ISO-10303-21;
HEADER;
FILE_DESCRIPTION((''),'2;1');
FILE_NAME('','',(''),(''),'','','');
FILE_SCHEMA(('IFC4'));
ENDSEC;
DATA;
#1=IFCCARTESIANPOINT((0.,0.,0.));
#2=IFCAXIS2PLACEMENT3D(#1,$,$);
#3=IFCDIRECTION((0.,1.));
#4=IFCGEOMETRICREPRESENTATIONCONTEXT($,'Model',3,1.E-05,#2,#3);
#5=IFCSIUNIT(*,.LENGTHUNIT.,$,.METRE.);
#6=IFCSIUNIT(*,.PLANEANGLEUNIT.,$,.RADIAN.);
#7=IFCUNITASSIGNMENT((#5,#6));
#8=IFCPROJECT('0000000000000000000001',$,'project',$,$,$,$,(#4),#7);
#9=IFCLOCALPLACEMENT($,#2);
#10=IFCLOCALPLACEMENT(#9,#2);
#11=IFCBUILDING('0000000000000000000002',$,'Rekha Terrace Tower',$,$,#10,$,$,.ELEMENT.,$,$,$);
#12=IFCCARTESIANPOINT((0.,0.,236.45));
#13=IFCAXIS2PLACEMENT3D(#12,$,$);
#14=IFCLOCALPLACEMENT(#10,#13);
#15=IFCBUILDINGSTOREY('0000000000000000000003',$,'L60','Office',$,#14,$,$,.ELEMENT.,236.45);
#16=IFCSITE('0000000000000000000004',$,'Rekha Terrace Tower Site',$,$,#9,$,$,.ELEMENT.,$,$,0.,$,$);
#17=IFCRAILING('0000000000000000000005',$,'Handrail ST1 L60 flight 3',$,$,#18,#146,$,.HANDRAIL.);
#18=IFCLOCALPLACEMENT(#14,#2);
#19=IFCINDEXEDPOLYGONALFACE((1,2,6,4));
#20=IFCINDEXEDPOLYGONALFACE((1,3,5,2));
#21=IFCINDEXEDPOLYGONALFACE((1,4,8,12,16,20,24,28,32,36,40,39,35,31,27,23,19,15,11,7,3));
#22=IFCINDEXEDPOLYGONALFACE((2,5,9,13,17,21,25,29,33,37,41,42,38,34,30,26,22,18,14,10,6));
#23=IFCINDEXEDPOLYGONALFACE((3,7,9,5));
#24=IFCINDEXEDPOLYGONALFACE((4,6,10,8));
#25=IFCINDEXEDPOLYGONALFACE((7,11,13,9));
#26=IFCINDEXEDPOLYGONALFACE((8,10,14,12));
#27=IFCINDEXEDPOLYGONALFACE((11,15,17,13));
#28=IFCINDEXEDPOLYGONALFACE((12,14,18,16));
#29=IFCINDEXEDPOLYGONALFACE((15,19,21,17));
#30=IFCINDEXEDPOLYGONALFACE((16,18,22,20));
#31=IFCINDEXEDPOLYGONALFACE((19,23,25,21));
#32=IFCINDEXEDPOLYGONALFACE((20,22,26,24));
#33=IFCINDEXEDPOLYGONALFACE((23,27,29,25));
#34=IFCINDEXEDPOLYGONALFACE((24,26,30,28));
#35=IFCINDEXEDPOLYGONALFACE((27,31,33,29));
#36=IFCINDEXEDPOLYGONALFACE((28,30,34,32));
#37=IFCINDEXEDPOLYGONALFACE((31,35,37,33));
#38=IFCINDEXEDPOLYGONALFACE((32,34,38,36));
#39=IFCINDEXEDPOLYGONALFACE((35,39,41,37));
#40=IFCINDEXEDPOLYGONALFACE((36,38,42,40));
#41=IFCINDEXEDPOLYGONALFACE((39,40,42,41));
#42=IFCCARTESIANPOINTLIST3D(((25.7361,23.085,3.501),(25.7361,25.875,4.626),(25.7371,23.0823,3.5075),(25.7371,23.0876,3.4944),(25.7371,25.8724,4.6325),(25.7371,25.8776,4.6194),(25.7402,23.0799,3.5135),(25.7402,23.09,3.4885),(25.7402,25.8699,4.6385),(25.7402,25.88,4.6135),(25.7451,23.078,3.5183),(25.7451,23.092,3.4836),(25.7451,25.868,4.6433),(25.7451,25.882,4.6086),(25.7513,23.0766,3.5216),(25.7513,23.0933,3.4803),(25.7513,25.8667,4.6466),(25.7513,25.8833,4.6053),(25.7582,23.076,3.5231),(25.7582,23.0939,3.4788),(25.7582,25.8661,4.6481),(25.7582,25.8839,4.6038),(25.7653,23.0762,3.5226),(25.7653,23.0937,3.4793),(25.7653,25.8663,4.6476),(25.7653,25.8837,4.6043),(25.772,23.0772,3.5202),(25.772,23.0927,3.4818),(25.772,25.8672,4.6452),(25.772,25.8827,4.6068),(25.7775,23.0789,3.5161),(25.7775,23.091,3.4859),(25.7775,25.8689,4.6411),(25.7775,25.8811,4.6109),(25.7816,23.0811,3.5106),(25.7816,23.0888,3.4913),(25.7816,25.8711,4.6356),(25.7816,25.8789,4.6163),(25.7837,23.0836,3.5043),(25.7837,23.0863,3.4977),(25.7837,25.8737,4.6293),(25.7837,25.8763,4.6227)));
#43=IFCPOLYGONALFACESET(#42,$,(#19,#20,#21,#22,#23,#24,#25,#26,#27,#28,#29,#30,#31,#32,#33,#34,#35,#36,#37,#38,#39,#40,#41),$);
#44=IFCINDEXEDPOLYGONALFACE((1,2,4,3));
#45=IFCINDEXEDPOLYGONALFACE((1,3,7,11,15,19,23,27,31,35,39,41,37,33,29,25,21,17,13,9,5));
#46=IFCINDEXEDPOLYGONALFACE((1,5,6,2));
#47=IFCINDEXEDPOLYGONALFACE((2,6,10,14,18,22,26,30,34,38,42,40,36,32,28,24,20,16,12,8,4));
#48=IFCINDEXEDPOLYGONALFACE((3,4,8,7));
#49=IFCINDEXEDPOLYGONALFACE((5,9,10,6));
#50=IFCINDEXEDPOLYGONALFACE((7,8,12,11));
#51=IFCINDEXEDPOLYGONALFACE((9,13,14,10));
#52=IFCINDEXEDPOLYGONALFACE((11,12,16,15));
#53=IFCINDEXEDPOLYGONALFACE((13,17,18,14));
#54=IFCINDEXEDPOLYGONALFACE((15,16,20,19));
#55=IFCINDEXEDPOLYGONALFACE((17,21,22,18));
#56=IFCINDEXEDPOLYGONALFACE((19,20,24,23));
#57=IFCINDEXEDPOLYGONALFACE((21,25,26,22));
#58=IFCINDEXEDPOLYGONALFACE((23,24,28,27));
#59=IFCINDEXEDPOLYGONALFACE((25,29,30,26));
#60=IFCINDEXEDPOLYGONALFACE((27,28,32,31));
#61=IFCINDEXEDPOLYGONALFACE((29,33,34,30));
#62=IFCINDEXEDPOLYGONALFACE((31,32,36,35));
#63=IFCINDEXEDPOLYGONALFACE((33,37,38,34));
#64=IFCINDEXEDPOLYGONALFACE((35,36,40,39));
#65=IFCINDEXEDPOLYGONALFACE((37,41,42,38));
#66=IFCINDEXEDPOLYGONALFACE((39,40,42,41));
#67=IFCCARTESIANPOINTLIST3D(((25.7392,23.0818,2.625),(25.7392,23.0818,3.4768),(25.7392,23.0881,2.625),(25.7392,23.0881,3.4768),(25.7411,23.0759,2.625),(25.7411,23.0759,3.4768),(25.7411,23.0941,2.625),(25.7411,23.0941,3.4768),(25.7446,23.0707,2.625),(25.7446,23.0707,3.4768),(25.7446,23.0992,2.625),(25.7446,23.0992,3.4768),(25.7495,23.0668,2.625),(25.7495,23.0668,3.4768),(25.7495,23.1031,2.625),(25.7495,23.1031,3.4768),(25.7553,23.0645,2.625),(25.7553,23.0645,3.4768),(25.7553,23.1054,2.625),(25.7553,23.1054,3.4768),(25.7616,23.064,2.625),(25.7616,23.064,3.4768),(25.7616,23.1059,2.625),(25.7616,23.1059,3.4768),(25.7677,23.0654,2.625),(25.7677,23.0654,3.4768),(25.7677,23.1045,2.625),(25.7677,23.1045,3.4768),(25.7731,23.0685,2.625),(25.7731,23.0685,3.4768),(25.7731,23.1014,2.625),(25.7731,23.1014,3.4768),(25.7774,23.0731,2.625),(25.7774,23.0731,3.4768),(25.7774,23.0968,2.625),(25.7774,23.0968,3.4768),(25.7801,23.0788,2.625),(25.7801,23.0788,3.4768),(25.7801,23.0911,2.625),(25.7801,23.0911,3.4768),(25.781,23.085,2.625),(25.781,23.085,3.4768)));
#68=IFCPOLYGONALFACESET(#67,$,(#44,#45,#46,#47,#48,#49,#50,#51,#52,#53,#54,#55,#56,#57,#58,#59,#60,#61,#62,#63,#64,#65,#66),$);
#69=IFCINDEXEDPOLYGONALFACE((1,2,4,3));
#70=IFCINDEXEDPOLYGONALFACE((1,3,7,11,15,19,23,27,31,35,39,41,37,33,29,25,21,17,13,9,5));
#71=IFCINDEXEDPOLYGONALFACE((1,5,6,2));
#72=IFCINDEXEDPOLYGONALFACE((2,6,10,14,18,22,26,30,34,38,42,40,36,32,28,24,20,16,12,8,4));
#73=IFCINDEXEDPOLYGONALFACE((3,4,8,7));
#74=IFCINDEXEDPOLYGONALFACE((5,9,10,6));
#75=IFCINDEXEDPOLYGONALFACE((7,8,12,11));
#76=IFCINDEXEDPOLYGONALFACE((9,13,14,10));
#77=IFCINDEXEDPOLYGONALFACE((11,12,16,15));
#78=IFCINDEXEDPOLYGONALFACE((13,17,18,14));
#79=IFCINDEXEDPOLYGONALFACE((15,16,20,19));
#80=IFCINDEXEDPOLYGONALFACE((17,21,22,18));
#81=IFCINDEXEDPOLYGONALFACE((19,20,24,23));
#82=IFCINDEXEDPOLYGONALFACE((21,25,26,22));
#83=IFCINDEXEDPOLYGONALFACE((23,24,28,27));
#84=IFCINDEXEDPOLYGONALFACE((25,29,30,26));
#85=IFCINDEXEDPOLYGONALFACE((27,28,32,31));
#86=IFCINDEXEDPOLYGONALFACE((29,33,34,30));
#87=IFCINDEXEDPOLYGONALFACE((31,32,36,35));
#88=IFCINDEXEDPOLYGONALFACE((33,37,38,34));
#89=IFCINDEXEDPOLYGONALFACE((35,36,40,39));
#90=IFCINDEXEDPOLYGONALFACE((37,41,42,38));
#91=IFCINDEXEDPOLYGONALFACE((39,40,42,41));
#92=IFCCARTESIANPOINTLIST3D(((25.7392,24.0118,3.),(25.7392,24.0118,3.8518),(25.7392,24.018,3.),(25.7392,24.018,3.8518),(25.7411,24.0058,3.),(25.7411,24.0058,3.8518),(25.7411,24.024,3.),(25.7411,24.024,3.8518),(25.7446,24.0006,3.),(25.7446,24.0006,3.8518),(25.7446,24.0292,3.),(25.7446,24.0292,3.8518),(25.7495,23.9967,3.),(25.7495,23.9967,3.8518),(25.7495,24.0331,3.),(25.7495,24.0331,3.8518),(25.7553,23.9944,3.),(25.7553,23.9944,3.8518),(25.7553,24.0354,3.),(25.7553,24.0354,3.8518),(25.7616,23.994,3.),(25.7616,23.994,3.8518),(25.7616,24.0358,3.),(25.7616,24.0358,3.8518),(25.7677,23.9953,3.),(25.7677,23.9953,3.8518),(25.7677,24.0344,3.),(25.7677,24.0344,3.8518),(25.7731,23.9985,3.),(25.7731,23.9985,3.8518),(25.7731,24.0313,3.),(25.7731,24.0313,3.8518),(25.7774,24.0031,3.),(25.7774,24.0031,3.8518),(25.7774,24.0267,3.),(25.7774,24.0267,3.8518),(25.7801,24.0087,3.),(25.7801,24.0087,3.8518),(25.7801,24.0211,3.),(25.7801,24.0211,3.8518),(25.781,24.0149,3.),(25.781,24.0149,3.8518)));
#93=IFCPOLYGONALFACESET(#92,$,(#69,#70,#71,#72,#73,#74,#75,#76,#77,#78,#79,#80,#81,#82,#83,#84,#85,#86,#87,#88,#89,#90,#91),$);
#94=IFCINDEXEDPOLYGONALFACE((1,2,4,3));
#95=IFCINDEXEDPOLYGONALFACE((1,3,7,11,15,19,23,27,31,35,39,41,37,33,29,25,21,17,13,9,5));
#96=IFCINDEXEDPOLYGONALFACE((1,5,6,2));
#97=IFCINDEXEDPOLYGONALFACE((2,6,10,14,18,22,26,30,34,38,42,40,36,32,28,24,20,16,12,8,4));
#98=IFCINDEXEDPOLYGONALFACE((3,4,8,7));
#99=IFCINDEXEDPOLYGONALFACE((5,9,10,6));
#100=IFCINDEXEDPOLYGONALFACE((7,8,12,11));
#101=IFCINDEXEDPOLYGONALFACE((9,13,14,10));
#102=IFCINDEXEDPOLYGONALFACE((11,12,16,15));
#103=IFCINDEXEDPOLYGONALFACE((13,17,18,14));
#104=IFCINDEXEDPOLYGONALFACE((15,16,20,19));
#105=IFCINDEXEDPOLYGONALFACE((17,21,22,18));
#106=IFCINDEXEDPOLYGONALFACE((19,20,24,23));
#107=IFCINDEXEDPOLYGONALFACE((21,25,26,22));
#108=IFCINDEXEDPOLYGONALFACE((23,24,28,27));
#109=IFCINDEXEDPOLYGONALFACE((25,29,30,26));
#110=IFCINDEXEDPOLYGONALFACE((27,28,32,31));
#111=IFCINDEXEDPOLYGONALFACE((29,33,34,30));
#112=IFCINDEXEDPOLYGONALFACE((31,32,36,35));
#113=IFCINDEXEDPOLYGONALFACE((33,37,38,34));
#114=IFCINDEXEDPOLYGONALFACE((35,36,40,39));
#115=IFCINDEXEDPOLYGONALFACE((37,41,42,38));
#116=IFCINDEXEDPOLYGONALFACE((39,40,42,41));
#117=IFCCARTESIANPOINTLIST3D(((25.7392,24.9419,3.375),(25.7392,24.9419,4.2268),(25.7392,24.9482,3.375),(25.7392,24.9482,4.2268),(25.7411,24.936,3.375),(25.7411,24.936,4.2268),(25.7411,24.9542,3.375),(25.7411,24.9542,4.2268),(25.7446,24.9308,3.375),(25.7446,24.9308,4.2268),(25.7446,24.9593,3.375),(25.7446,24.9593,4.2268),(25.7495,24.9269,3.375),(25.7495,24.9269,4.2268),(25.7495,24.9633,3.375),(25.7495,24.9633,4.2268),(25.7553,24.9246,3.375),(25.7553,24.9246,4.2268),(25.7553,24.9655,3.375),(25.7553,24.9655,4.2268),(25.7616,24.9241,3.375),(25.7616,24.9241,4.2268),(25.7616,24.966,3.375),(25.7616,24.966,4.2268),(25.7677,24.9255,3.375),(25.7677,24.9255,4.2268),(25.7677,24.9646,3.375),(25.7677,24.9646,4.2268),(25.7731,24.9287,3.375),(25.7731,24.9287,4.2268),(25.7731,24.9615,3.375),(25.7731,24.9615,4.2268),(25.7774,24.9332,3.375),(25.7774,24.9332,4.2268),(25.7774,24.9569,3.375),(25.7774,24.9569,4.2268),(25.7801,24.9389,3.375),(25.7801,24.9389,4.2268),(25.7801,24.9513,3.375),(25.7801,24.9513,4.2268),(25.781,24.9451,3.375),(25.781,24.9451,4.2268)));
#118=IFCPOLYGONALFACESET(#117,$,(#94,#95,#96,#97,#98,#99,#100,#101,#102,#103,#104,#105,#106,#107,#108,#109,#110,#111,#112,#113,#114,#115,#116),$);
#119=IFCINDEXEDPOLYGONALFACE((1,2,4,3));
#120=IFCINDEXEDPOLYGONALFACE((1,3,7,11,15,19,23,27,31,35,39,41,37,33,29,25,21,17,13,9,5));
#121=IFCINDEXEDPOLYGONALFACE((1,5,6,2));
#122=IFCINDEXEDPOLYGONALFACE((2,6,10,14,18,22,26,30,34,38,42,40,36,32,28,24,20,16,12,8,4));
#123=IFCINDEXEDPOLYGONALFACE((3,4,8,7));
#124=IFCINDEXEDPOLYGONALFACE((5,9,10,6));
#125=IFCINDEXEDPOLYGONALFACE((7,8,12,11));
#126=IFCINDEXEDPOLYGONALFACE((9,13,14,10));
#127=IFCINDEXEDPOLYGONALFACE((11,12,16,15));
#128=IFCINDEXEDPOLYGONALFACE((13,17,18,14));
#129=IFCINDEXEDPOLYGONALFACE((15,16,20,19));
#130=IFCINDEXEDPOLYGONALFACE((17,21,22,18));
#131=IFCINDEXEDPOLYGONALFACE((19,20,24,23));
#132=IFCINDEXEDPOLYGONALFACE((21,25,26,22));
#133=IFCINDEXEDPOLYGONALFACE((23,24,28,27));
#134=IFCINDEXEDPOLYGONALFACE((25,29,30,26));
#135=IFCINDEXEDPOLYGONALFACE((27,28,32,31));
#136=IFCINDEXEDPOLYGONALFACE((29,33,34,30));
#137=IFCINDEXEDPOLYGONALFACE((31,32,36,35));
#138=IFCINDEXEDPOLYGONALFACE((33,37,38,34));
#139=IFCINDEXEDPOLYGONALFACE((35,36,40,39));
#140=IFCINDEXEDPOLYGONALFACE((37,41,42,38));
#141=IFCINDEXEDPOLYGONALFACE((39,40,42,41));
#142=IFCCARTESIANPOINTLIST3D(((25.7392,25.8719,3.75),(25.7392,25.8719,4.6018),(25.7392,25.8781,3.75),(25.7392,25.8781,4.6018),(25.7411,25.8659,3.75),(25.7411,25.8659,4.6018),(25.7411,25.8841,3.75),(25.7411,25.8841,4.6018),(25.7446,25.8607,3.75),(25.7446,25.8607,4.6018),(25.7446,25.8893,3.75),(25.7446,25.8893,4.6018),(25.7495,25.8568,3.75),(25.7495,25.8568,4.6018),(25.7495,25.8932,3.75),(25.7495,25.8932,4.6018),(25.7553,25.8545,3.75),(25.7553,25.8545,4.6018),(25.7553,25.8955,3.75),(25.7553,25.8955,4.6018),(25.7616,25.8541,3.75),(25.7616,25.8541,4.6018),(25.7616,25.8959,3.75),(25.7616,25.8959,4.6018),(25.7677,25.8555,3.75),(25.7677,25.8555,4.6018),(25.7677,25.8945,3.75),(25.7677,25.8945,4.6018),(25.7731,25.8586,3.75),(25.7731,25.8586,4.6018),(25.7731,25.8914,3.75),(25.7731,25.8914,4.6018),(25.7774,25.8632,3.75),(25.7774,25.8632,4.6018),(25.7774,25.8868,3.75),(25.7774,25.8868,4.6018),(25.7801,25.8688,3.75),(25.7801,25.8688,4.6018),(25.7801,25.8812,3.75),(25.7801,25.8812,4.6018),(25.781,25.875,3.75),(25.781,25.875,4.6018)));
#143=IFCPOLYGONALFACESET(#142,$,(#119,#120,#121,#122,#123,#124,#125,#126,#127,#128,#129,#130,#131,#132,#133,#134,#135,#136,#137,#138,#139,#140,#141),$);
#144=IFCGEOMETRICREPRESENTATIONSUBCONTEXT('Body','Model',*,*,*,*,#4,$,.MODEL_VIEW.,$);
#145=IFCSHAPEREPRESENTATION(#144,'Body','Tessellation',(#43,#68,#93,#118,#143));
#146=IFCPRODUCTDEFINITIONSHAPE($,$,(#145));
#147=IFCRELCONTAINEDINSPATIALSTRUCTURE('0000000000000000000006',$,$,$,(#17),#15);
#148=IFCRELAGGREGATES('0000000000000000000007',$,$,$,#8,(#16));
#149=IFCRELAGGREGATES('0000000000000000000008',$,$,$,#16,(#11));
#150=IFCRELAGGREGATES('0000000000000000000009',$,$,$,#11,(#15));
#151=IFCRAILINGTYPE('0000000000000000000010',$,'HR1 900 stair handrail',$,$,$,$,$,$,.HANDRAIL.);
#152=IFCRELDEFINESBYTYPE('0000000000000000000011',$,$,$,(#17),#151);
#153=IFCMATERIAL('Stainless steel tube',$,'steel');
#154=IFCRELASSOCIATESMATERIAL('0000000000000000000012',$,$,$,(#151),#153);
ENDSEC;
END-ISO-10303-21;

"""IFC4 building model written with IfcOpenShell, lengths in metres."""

from ifc_helpers import new_model, si_unit, direction, frame, origin, origin_2d, place, context, subcontext, project, spatial, circle, extrude, material, type_object, element, save


model = new_model("IFC4")

# Units and contexts
model_context = context("Model", 3, precision=1e-05, world=origin(), true_north=direction((0.0, 1.0)))
body_context = subcontext(model_context, "Body", "Model", "MODEL_VIEW")
ifc_project = project(units=[si_unit("LENGTHUNIT", "METRE"), si_unit("PLANEANGLEUNIT", "RADIAN")], contexts=[model_context])

# Site, building, storey
site_placement = place(None, origin())
site = spatial("IfcSite", under=ifc_project, at=site_placement, Name="Rekha Terrace Tower Site", CompositionType="ELEMENT", RefElevation=0.0)
building_placement = place(site_placement, origin())
building = spatial("IfcBuilding", under=site, at=building_placement, Name="Rekha Terrace Tower", CompositionType="ELEMENT")
storey_placement = place(building_placement, frame((0.0, 0.0, 236.45)))
storey = spatial("IfcBuildingStorey", under=building, at=storey_placement, Name="L60", Description="Office", CompositionType="ELEMENT", Elevation=236.45)

# Railing
ifc_material_1 = material(Name="Stainless steel tube", Category="steel")
railing_type_1 = type_object("IfcRailingType", Name="HR1 900 stair handrail", PredefinedType="HANDRAIL", material=ifc_material_1)
railing_1_placement = place(storey_placement, frame((25.76, 23.085, 2.625)))
element("IfcRailing", 1, at=railing_1_placement, inside=storey, type_object=railing_type_1, Name="Handrail ST1 L60 flight 3", PredefinedType="HANDRAIL", context=body_context, shape_type="SweptSolid", body=[
    extrude(circle(Radius=0.0239, at=origin_2d()), frame((0.0, 0.0, 0.876), z_axis=(0.0, 0.927443, 0.373964), x_axis=(-1.0, 0.0, 0.0)), (0.0, 0.0, 1.0), 3.0083),
    extrude(circle(Radius=0.021, at=origin_2d()), origin(), (0.0, 0.0, 1.0), 0.8518),
    extrude(circle(Radius=0.021, at=origin_2d()), frame((0.0, 0.9299, 0.375)), (0.0, 0.0, 1.0), 0.8518),
    extrude(circle(Radius=0.021, at=origin_2d()), frame((0.0, 1.8601, 0.75)), (0.0, 0.0, 1.0), 0.8518),
    extrude(circle(Radius=0.021, at=origin_2d()), frame((0.0, 2.79, 1.125)), (0.0, 0.0, 1.0), 0.8518),
])

save(model, "model.ifc")
